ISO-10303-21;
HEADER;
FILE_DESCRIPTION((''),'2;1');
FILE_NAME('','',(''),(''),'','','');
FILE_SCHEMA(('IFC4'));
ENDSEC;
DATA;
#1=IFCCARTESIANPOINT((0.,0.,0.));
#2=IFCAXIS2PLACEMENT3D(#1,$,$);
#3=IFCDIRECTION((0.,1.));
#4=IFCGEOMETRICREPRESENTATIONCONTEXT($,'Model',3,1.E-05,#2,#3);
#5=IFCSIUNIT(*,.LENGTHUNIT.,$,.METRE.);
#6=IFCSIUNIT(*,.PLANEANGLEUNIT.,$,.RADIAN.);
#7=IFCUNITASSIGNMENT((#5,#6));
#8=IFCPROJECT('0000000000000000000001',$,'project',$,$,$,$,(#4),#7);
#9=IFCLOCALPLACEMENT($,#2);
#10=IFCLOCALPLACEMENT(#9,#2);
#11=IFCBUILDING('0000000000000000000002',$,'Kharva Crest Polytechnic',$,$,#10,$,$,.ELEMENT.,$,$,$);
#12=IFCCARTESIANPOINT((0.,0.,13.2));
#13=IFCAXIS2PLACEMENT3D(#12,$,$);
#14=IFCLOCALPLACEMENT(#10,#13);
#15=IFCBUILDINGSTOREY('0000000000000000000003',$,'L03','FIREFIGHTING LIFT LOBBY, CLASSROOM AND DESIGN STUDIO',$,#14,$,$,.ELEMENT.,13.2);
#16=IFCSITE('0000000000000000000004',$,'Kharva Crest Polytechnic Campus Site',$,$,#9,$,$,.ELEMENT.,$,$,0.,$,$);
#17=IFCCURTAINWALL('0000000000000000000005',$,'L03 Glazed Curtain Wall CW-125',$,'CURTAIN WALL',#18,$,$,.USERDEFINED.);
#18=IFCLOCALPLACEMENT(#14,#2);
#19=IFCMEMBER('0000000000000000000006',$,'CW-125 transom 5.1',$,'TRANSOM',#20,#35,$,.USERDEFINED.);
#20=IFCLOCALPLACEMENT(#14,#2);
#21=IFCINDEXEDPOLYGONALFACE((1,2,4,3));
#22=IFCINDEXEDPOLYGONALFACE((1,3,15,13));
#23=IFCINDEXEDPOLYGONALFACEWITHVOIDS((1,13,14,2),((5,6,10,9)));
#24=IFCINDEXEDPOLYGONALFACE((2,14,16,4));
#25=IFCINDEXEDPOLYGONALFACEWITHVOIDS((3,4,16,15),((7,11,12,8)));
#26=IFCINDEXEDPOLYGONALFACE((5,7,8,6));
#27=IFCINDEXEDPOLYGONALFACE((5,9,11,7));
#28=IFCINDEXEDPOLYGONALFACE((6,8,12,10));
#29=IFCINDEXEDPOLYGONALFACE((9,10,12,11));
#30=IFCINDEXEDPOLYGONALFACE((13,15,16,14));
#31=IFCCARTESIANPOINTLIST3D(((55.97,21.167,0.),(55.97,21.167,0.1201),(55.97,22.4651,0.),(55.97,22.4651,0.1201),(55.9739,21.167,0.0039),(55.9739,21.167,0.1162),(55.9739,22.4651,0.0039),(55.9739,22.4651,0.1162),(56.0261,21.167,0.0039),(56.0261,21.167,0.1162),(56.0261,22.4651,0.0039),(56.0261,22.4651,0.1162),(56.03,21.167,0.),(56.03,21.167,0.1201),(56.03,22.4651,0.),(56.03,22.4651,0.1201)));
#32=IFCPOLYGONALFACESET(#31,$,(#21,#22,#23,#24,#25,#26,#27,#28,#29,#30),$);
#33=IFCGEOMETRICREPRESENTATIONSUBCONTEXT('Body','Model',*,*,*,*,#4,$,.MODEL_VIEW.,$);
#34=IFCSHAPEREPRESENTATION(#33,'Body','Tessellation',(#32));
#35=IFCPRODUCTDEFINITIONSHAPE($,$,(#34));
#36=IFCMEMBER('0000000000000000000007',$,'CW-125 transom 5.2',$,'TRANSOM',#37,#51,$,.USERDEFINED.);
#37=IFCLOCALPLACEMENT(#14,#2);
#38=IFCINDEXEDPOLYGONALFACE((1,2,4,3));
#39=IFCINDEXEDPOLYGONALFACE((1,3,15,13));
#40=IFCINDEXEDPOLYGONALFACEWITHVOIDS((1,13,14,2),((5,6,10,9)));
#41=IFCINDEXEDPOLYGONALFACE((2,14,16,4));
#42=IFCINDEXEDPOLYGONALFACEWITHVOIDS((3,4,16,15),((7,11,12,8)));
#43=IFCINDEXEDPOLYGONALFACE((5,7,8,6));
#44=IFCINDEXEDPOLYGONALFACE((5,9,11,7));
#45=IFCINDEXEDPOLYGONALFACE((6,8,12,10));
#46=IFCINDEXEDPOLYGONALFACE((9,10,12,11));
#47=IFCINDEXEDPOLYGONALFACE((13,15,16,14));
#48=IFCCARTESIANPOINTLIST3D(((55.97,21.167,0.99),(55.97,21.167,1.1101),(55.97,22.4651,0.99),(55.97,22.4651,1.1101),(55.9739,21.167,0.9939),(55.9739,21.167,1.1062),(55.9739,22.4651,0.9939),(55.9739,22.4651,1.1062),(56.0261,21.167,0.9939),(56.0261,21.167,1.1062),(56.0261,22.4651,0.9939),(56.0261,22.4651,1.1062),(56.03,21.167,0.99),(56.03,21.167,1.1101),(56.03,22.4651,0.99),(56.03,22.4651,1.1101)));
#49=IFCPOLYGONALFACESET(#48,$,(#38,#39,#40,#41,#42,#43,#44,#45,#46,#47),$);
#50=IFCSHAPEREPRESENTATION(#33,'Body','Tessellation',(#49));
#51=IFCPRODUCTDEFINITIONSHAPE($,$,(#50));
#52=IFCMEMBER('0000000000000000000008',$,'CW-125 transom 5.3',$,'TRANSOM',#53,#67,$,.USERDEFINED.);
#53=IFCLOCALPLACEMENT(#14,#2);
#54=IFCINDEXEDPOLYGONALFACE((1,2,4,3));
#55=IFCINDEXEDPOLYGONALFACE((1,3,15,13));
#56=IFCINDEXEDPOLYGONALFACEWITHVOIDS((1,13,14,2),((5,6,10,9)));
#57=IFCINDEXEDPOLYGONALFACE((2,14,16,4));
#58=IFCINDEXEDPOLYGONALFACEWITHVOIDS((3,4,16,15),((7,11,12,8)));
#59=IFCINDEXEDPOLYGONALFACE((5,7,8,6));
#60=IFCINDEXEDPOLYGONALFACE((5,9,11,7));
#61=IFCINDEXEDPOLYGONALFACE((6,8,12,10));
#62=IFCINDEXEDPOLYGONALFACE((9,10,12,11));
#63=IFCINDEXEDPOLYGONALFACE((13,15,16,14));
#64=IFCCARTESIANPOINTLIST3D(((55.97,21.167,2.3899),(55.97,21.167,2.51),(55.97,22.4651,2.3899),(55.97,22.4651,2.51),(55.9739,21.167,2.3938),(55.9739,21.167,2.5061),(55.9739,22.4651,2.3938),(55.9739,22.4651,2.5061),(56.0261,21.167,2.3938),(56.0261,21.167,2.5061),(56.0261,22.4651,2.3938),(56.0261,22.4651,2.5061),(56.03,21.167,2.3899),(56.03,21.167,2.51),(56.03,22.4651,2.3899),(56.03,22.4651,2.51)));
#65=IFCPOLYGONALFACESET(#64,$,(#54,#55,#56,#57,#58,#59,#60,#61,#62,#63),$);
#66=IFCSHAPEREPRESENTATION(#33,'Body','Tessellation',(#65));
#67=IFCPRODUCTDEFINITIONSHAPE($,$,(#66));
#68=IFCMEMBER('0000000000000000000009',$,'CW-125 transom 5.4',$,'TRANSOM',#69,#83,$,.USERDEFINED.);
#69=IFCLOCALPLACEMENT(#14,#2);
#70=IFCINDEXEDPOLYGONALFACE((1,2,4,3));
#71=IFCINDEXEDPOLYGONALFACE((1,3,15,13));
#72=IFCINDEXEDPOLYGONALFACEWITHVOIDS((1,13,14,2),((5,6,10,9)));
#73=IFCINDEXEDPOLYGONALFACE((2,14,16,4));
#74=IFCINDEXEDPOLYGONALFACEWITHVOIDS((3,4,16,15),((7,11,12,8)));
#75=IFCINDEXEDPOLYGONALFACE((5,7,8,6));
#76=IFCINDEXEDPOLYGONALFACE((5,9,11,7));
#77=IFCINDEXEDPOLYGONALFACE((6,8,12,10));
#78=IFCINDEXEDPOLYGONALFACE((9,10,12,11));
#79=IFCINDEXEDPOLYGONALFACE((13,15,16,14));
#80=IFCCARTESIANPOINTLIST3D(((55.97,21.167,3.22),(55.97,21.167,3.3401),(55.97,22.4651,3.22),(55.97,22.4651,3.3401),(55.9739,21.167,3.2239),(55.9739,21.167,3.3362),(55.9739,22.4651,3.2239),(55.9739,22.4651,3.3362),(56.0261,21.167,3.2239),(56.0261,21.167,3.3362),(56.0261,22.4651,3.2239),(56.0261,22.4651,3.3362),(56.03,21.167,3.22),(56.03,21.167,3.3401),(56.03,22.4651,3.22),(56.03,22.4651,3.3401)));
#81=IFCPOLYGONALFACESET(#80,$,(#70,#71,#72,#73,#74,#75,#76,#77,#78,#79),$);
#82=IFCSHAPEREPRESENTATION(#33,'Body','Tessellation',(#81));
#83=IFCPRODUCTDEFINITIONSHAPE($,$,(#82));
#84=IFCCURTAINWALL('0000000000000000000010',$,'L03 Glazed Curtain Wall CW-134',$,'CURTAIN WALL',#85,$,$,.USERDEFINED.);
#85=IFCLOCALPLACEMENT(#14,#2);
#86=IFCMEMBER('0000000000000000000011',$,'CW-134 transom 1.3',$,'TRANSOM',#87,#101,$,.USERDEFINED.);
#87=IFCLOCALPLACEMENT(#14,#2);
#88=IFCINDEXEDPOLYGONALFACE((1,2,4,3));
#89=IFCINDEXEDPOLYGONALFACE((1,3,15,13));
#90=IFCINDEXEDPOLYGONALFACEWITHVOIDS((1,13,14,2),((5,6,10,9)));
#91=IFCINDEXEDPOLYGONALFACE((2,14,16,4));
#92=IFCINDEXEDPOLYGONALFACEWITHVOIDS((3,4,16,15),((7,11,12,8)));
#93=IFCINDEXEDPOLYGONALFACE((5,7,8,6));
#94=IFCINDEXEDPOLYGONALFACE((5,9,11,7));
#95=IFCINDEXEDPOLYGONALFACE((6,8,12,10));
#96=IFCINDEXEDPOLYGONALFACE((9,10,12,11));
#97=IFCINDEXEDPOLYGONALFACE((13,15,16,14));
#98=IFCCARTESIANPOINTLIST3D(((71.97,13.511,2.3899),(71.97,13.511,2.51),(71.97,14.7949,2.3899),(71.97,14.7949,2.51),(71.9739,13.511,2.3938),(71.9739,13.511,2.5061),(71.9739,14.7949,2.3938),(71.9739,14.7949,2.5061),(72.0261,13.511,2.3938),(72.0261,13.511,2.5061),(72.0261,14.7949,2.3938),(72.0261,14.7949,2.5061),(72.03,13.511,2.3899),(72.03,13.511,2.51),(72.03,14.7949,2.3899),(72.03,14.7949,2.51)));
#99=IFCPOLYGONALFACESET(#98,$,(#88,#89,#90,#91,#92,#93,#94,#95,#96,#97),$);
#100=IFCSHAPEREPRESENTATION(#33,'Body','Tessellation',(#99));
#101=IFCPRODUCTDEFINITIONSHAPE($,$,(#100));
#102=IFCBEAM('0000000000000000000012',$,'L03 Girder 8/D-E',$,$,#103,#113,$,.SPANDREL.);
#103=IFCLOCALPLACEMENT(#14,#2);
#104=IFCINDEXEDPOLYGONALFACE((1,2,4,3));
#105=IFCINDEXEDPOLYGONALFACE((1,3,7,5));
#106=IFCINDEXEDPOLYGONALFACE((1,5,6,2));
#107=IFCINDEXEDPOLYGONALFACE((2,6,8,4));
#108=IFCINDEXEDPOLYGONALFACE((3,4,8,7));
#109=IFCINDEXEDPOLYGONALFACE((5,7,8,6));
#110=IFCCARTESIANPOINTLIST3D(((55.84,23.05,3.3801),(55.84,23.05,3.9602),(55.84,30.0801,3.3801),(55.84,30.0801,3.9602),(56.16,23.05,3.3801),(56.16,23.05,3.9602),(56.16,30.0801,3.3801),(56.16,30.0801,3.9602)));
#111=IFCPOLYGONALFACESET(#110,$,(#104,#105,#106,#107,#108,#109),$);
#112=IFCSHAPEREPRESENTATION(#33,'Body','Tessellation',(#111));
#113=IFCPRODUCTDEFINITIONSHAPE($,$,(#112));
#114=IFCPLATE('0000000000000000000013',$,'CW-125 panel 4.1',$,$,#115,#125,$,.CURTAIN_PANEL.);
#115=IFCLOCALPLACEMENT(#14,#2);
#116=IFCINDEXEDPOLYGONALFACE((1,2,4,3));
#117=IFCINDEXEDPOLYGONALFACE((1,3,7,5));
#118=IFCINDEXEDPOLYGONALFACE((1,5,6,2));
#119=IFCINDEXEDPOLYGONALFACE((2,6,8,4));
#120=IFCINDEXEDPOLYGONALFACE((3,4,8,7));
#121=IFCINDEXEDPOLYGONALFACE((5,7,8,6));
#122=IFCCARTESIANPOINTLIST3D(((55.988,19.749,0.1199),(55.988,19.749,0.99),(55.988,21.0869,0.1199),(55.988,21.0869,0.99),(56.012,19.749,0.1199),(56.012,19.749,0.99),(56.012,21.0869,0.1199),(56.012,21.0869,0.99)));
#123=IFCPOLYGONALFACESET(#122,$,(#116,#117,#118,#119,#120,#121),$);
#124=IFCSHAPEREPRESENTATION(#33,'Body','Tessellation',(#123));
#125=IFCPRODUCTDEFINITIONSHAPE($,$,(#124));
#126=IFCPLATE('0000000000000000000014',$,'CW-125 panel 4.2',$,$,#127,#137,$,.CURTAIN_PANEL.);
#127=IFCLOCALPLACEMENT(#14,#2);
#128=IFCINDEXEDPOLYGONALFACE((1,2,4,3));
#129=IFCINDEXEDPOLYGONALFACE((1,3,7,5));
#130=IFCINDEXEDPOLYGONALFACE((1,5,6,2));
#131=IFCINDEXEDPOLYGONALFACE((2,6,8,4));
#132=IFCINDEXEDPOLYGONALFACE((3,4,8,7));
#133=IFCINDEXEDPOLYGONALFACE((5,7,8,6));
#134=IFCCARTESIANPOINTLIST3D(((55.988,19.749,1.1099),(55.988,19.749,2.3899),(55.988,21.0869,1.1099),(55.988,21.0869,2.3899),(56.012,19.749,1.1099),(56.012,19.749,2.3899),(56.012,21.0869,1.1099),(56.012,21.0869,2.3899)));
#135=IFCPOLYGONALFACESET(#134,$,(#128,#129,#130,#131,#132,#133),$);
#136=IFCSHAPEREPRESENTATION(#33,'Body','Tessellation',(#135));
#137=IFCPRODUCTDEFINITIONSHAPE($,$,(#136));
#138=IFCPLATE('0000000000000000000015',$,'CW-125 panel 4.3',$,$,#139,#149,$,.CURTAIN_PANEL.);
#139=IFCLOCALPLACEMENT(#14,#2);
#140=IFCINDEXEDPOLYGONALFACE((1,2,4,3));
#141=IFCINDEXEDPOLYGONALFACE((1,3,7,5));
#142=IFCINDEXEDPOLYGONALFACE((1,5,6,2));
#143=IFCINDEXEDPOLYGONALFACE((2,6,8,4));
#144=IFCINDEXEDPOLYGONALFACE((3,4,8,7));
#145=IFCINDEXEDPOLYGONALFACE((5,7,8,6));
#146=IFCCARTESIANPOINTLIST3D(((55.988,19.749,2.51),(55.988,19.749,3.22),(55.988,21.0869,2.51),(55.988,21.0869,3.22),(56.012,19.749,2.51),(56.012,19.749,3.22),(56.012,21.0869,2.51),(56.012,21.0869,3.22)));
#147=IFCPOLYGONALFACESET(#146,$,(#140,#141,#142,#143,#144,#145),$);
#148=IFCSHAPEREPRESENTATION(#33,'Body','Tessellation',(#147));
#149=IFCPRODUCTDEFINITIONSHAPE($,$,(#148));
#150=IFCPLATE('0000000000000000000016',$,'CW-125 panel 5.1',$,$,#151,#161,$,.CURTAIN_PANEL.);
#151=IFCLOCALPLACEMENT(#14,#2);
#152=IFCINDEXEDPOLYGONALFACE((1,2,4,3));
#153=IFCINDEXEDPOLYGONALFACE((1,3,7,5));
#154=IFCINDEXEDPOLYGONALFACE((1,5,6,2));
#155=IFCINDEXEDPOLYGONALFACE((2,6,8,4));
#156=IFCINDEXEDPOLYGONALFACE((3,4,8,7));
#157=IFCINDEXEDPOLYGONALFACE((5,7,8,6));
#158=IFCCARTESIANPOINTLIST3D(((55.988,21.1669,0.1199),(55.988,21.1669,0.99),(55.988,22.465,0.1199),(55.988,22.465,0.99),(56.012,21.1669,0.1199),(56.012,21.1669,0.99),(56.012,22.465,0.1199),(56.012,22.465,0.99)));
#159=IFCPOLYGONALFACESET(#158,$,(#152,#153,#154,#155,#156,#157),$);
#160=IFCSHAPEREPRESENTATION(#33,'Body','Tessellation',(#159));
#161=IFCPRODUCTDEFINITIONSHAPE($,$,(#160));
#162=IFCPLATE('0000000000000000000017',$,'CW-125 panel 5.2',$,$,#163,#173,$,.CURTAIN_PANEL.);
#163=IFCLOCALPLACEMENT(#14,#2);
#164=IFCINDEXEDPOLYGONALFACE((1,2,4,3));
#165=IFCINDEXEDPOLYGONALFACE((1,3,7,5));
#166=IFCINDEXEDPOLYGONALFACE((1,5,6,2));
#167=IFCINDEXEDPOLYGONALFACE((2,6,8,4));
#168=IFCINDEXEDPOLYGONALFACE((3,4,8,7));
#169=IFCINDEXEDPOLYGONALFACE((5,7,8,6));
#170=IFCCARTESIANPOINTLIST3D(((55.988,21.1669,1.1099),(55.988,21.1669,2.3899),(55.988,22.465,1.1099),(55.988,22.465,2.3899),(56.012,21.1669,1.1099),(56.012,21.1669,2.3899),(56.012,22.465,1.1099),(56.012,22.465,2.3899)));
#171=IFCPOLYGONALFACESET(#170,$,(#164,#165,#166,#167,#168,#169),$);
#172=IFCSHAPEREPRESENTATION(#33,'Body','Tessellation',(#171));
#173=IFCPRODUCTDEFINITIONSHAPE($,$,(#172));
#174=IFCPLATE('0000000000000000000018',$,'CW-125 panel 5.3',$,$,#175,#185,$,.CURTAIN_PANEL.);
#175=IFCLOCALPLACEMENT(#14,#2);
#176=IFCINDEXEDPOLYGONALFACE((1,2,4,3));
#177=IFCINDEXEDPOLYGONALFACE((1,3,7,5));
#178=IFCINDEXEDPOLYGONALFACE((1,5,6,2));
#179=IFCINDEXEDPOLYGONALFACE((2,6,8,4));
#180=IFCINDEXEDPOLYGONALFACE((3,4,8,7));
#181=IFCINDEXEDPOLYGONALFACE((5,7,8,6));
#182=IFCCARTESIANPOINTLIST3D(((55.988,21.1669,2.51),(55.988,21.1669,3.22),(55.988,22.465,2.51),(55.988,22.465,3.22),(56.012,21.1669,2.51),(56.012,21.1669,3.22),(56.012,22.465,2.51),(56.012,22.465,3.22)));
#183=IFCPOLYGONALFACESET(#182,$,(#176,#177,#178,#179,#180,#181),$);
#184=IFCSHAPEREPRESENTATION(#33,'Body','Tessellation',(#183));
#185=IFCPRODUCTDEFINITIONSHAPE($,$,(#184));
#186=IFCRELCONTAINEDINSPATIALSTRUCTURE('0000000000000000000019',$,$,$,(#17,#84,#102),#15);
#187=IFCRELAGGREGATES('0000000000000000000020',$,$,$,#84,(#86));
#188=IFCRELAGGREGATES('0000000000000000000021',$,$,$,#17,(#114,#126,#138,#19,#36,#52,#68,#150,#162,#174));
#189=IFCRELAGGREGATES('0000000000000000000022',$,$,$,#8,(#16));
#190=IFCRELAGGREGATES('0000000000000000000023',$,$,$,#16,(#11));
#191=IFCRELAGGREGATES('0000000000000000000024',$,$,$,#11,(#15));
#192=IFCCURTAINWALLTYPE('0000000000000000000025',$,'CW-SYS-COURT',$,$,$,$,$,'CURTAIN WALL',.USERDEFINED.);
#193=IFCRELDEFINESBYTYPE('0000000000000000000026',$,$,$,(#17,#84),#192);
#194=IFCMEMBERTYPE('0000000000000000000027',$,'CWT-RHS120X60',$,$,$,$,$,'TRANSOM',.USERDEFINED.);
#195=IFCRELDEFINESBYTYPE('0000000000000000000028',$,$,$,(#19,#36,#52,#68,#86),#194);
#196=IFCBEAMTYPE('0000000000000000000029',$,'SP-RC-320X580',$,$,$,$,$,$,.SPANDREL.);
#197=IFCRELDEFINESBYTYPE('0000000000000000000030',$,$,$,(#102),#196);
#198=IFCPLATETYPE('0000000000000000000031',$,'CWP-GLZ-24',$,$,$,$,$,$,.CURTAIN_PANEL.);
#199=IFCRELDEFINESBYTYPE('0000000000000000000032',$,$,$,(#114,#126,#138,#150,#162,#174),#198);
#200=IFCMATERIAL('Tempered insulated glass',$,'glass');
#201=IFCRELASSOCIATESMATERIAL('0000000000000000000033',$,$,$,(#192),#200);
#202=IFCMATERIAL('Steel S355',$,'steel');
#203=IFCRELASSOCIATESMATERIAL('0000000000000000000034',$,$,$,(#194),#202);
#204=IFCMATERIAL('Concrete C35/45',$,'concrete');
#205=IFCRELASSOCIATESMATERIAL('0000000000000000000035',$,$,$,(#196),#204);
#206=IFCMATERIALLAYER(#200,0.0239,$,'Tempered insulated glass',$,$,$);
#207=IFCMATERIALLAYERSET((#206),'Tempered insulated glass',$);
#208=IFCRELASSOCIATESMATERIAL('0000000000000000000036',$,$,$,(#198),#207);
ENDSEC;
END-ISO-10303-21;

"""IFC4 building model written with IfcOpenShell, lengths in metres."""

from ifc_helpers import new_model, si_unit, direction, frame, origin, origin_2d, place, context, subcontext, project, spatial, rectangle, hollow_rectangle, extrude, material, layer, layer_set, material_profile, profile_set, type_object, element, aggregate, save


model = new_model("IFC4")

# Units and contexts
model_context = context("Model", 3, precision=1e-05, world=origin(), true_north=direction((0.0, 1.0)))
body_context = subcontext(model_context, "Body", "Model", "MODEL_VIEW")
ifc_project = project(units=[si_unit("LENGTHUNIT", "METRE"), si_unit("PLANEANGLEUNIT", "RADIAN")], contexts=[model_context])

# Site, building, storey
site_placement = place(None, origin())
site = spatial("IfcSite", under=ifc_project, at=site_placement, Name="Kharva Crest Polytechnic Campus Site", CompositionType="ELEMENT", RefElevation=0.0)
building_placement = place(site_placement, origin())
building = spatial("IfcBuilding", under=site, at=building_placement, Name="Kharva Crest Polytechnic", CompositionType="ELEMENT")
storey_placement = place(building_placement, frame((0.0, 0.0, 13.2)))
storey = spatial("IfcBuildingStorey", under=building, at=storey_placement, Name="L03", Description="FIREFIGHTING LIFT LOBBY, CLASSROOM AND DESIGN STUDIO", CompositionType="ELEMENT", Elevation=13.2)

# Curtain wall, members
ifc_material_1 = material(Name="Tempered insulated glass", Category="glass")
curtain_wall_type = type_object("IfcCurtainWallType", Name="CW-SYS-COURT", ElementType="CURTAIN WALL", PredefinedType="USERDEFINED", material=ifc_material_1)
curtain_wall_1_placement = place(storey_placement, origin())
curtain_wall_1 = element("IfcCurtainWall", 1, at=curtain_wall_1_placement, inside=storey, type_object=curtain_wall_type, Name="L03 Glazed Curtain Wall CW-125", ObjectType="CURTAIN WALL", PredefinedType="USERDEFINED")
ifc_material_2 = material(Name="Steel S355", Category="steel")
ifc_material_profile_1 = material_profile(ifc_material_2, hollow_rectangle(XDim=0.0601, YDim=0.1201, WallThickness=0.0039, at=origin_2d()), Name="RHS 120X60X4.0")
ifc_profile_set_1 = profile_set([ifc_material_profile_1], Name="Steel S355")
member_type_1 = type_object("IfcMemberType", Name="CWT-RHS120X60", ElementType="TRANSOM", PredefinedType="USERDEFINED", material=ifc_profile_set_1)
member_1_placement = place(storey_placement, frame((56.0, 21.167, 0.0601), z_axis=(0.0, 1.0, 0.0), x_axis=(-1.0, 0.0, 0.0)))
member_1 = element("IfcMember", 2, at=member_1_placement, type_object=member_type_1, Name="CW-125 transom 5.1", ObjectType="TRANSOM", PredefinedType="USERDEFINED", context=body_context, shape_type="SweptSolid", body=[
    extrude(hollow_rectangle(XDim=0.0601, YDim=0.1201, WallThickness=0.0039, at=origin_2d()), origin(), (0.0, 0.0, 1.0), 1.2981),
])
member_2_placement = place(storey_placement, frame((56.0, 21.167, 1.05), z_axis=(0.0, 1.0, 0.0), x_axis=(-1.0, 0.0, 0.0)))
member_2 = element("IfcMember", 3, at=member_2_placement, type_object=member_type_1, Name="CW-125 transom 5.2", ObjectType="TRANSOM", PredefinedType="USERDEFINED", context=body_context, shape_type="SweptSolid", body=[
    extrude(hollow_rectangle(XDim=0.0601, YDim=0.1201, WallThickness=0.0039, at=origin_2d()), origin(), (0.0, 0.0, 1.0), 1.2981),
])
member_3_placement = place(storey_placement, frame((56.0, 21.167, 2.45), z_axis=(0.0, 1.0, 0.0), x_axis=(-1.0, 0.0, 0.0)))
member_3 = element("IfcMember", 4, at=member_3_placement, type_object=member_type_1, Name="CW-125 transom 5.3", ObjectType="TRANSOM", PredefinedType="USERDEFINED", context=body_context, shape_type="SweptSolid", body=[
    extrude(hollow_rectangle(XDim=0.0601, YDim=0.1201, WallThickness=0.0039, at=origin_2d()), origin(), (0.0, 0.0, 1.0), 1.2981),
])
member_4_placement = place(storey_placement, frame((56.0, 21.167, 3.28), z_axis=(0.0, 1.0, 0.0), x_axis=(-1.0, 0.0, 0.0)))
member_4 = element("IfcMember", 5, at=member_4_placement, type_object=member_type_1, Name="CW-125 transom 5.4", ObjectType="TRANSOM", PredefinedType="USERDEFINED", context=body_context, shape_type="SweptSolid", body=[
    extrude(hollow_rectangle(XDim=0.0601, YDim=0.1201, WallThickness=0.0039, at=origin_2d()), origin(), (0.0, 0.0, 1.0), 1.2981),
])

# Curtain wall, member
curtain_wall_2_placement = place(storey_placement, origin())
curtain_wall_2 = element("IfcCurtainWall", 6, at=curtain_wall_2_placement, inside=storey, type_object=curtain_wall_type, Name="L03 Glazed Curtain Wall CW-134", ObjectType="CURTAIN WALL", PredefinedType="USERDEFINED")
member_5_placement = place(storey_placement, frame((72.0, 14.7949, 2.45), z_axis=(0.0, -1.0, 0.0), x_axis=(1.0, 0.0, 0.0)))
member_5 = element("IfcMember", 7, at=member_5_placement, type_object=member_type_1, Name="CW-134 transom 1.3", ObjectType="TRANSOM", PredefinedType="USERDEFINED", context=body_context, shape_type="SweptSolid", body=[
    extrude(hollow_rectangle(XDim=0.0601, YDim=0.1201, WallThickness=0.0039, at=origin_2d()), origin(), (0.0, 0.0, 1.0), 1.2839),
])
aggregate(curtain_wall_2, [member_5])

# Beam
ifc_material_3 = material(Name="Concrete C35/45", Category="concrete")
ifc_material_profile_2 = material_profile(ifc_material_3, rectangle(XDim=0.3201, YDim=0.5801, at=origin_2d()), Name="RECT 320 X 580")
ifc_profile_set_2 = profile_set([ifc_material_profile_2], Name="Concrete C35/45")
beam_type = type_object("IfcBeamType", Name="SP-RC-320X580", PredefinedType="SPANDREL", material=ifc_profile_set_2)
beam_placement = place(storey_placement, frame((56.0, 23.05, 3.6702), z_axis=(0.0, 1.0, 0.0), x_axis=(-1.0, 0.0, 0.0)))
element("IfcBeam", 8, at=beam_placement, inside=storey, type_object=beam_type, Name="L03 Girder 8/D-E", PredefinedType="SPANDREL", context=body_context, shape_type="SweptSolid", body=[
    extrude(rectangle(XDim=0.3201, YDim=0.5801, at=origin_2d()), origin(), (0.0, 0.0, 1.0), 7.03),
])

# Plates
ifc_layer_1 = layer(ifc_material_1, 0.0239, Name="Tempered insulated glass")
ifc_layer_set_1 = layer_set([ifc_layer_1], Name="Tempered insulated glass")
plate_type = type_object("IfcPlateType", Name="CWP-GLZ-24", PredefinedType="CURTAIN_PANEL", material=ifc_layer_set_1)
plate_1_placement = place(storey_placement, frame((56.0, 20.418, 0.1199), z_axis=(0.0, 0.0, 1.0), x_axis=(0.0, 1.0, 0.0)))
plate_1 = element("IfcPlate", 9, at=plate_1_placement, type_object=plate_type, Name="CW-125 panel 4.1", PredefinedType="CURTAIN_PANEL", context=body_context, shape_type="SweptSolid", body=[
    extrude(rectangle(XDim=1.3379, YDim=0.0239, at=origin_2d()), origin(), (0.0, 0.0, 1.0), 0.8701),
])
plate_2_placement = place(storey_placement, frame((56.0, 20.418, 1.1099), z_axis=(0.0, 0.0, 1.0), x_axis=(0.0, 1.0, 0.0)))
plate_2 = element("IfcPlate", 10, at=plate_2_placement, type_object=plate_type, Name="CW-125 panel 4.2", PredefinedType="CURTAIN_PANEL", context=body_context, shape_type="SweptSolid", body=[
    extrude(rectangle(XDim=1.3379, YDim=0.0239, at=origin_2d()), origin(), (0.0, 0.0, 1.0), 1.28),
])
plate_3_placement = place(storey_placement, frame((56.0, 20.418, 2.51), z_axis=(0.0, 0.0, 1.0), x_axis=(0.0, 1.0, 0.0)))
plate_3 = element("IfcPlate", 11, at=plate_3_placement, type_object=plate_type, Name="CW-125 panel 4.3", PredefinedType="CURTAIN_PANEL", context=body_context, shape_type="SweptSolid", body=[
    extrude(rectangle(XDim=1.3379, YDim=0.0239, at=origin_2d()), origin(), (0.0, 0.0, 1.0), 0.71),
])
plate_4_placement = place(storey_placement, frame((56.0, 21.8159, 0.1199), z_axis=(0.0, 0.0, 1.0), x_axis=(0.0, 1.0, 0.0)))
plate_4 = element("IfcPlate", 12, at=plate_4_placement, type_object=plate_type, Name="CW-125 panel 5.1", PredefinedType="CURTAIN_PANEL", context=body_context, shape_type="SweptSolid", body=[
    extrude(rectangle(XDim=1.2981, YDim=0.0239, at=origin_2d()), origin(), (0.0, 0.0, 1.0), 0.8701),
])
plate_5_placement = place(storey_placement, frame((56.0, 21.8159, 1.1099), z_axis=(0.0, 0.0, 1.0), x_axis=(0.0, 1.0, 0.0)))
plate_5 = element("IfcPlate", 13, at=plate_5_placement, type_object=plate_type, Name="CW-125 panel 5.2", PredefinedType="CURTAIN_PANEL", context=body_context, shape_type="SweptSolid", body=[
    extrude(rectangle(XDim=1.2981, YDim=0.0239, at=origin_2d()), origin(), (0.0, 0.0, 1.0), 1.28),
])
plate_6_placement = place(storey_placement, frame((56.0, 21.8159, 2.51), z_axis=(0.0, 0.0, 1.0), x_axis=(0.0, 1.0, 0.0)))
plate_6 = element("IfcPlate", 14, at=plate_6_placement, type_object=plate_type, Name="CW-125 panel 5.3", PredefinedType="CURTAIN_PANEL", context=body_context, shape_type="SweptSolid", body=[
    extrude(rectangle(XDim=1.2981, YDim=0.0239, at=origin_2d()), origin(), (0.0, 0.0, 1.0), 0.71),
])
aggregate(curtain_wall_1, [plate_1, plate_2, plate_3, member_1, member_2, member_3, member_4, plate_4, plate_5, plate_6])

save(model, "model.ifc")
